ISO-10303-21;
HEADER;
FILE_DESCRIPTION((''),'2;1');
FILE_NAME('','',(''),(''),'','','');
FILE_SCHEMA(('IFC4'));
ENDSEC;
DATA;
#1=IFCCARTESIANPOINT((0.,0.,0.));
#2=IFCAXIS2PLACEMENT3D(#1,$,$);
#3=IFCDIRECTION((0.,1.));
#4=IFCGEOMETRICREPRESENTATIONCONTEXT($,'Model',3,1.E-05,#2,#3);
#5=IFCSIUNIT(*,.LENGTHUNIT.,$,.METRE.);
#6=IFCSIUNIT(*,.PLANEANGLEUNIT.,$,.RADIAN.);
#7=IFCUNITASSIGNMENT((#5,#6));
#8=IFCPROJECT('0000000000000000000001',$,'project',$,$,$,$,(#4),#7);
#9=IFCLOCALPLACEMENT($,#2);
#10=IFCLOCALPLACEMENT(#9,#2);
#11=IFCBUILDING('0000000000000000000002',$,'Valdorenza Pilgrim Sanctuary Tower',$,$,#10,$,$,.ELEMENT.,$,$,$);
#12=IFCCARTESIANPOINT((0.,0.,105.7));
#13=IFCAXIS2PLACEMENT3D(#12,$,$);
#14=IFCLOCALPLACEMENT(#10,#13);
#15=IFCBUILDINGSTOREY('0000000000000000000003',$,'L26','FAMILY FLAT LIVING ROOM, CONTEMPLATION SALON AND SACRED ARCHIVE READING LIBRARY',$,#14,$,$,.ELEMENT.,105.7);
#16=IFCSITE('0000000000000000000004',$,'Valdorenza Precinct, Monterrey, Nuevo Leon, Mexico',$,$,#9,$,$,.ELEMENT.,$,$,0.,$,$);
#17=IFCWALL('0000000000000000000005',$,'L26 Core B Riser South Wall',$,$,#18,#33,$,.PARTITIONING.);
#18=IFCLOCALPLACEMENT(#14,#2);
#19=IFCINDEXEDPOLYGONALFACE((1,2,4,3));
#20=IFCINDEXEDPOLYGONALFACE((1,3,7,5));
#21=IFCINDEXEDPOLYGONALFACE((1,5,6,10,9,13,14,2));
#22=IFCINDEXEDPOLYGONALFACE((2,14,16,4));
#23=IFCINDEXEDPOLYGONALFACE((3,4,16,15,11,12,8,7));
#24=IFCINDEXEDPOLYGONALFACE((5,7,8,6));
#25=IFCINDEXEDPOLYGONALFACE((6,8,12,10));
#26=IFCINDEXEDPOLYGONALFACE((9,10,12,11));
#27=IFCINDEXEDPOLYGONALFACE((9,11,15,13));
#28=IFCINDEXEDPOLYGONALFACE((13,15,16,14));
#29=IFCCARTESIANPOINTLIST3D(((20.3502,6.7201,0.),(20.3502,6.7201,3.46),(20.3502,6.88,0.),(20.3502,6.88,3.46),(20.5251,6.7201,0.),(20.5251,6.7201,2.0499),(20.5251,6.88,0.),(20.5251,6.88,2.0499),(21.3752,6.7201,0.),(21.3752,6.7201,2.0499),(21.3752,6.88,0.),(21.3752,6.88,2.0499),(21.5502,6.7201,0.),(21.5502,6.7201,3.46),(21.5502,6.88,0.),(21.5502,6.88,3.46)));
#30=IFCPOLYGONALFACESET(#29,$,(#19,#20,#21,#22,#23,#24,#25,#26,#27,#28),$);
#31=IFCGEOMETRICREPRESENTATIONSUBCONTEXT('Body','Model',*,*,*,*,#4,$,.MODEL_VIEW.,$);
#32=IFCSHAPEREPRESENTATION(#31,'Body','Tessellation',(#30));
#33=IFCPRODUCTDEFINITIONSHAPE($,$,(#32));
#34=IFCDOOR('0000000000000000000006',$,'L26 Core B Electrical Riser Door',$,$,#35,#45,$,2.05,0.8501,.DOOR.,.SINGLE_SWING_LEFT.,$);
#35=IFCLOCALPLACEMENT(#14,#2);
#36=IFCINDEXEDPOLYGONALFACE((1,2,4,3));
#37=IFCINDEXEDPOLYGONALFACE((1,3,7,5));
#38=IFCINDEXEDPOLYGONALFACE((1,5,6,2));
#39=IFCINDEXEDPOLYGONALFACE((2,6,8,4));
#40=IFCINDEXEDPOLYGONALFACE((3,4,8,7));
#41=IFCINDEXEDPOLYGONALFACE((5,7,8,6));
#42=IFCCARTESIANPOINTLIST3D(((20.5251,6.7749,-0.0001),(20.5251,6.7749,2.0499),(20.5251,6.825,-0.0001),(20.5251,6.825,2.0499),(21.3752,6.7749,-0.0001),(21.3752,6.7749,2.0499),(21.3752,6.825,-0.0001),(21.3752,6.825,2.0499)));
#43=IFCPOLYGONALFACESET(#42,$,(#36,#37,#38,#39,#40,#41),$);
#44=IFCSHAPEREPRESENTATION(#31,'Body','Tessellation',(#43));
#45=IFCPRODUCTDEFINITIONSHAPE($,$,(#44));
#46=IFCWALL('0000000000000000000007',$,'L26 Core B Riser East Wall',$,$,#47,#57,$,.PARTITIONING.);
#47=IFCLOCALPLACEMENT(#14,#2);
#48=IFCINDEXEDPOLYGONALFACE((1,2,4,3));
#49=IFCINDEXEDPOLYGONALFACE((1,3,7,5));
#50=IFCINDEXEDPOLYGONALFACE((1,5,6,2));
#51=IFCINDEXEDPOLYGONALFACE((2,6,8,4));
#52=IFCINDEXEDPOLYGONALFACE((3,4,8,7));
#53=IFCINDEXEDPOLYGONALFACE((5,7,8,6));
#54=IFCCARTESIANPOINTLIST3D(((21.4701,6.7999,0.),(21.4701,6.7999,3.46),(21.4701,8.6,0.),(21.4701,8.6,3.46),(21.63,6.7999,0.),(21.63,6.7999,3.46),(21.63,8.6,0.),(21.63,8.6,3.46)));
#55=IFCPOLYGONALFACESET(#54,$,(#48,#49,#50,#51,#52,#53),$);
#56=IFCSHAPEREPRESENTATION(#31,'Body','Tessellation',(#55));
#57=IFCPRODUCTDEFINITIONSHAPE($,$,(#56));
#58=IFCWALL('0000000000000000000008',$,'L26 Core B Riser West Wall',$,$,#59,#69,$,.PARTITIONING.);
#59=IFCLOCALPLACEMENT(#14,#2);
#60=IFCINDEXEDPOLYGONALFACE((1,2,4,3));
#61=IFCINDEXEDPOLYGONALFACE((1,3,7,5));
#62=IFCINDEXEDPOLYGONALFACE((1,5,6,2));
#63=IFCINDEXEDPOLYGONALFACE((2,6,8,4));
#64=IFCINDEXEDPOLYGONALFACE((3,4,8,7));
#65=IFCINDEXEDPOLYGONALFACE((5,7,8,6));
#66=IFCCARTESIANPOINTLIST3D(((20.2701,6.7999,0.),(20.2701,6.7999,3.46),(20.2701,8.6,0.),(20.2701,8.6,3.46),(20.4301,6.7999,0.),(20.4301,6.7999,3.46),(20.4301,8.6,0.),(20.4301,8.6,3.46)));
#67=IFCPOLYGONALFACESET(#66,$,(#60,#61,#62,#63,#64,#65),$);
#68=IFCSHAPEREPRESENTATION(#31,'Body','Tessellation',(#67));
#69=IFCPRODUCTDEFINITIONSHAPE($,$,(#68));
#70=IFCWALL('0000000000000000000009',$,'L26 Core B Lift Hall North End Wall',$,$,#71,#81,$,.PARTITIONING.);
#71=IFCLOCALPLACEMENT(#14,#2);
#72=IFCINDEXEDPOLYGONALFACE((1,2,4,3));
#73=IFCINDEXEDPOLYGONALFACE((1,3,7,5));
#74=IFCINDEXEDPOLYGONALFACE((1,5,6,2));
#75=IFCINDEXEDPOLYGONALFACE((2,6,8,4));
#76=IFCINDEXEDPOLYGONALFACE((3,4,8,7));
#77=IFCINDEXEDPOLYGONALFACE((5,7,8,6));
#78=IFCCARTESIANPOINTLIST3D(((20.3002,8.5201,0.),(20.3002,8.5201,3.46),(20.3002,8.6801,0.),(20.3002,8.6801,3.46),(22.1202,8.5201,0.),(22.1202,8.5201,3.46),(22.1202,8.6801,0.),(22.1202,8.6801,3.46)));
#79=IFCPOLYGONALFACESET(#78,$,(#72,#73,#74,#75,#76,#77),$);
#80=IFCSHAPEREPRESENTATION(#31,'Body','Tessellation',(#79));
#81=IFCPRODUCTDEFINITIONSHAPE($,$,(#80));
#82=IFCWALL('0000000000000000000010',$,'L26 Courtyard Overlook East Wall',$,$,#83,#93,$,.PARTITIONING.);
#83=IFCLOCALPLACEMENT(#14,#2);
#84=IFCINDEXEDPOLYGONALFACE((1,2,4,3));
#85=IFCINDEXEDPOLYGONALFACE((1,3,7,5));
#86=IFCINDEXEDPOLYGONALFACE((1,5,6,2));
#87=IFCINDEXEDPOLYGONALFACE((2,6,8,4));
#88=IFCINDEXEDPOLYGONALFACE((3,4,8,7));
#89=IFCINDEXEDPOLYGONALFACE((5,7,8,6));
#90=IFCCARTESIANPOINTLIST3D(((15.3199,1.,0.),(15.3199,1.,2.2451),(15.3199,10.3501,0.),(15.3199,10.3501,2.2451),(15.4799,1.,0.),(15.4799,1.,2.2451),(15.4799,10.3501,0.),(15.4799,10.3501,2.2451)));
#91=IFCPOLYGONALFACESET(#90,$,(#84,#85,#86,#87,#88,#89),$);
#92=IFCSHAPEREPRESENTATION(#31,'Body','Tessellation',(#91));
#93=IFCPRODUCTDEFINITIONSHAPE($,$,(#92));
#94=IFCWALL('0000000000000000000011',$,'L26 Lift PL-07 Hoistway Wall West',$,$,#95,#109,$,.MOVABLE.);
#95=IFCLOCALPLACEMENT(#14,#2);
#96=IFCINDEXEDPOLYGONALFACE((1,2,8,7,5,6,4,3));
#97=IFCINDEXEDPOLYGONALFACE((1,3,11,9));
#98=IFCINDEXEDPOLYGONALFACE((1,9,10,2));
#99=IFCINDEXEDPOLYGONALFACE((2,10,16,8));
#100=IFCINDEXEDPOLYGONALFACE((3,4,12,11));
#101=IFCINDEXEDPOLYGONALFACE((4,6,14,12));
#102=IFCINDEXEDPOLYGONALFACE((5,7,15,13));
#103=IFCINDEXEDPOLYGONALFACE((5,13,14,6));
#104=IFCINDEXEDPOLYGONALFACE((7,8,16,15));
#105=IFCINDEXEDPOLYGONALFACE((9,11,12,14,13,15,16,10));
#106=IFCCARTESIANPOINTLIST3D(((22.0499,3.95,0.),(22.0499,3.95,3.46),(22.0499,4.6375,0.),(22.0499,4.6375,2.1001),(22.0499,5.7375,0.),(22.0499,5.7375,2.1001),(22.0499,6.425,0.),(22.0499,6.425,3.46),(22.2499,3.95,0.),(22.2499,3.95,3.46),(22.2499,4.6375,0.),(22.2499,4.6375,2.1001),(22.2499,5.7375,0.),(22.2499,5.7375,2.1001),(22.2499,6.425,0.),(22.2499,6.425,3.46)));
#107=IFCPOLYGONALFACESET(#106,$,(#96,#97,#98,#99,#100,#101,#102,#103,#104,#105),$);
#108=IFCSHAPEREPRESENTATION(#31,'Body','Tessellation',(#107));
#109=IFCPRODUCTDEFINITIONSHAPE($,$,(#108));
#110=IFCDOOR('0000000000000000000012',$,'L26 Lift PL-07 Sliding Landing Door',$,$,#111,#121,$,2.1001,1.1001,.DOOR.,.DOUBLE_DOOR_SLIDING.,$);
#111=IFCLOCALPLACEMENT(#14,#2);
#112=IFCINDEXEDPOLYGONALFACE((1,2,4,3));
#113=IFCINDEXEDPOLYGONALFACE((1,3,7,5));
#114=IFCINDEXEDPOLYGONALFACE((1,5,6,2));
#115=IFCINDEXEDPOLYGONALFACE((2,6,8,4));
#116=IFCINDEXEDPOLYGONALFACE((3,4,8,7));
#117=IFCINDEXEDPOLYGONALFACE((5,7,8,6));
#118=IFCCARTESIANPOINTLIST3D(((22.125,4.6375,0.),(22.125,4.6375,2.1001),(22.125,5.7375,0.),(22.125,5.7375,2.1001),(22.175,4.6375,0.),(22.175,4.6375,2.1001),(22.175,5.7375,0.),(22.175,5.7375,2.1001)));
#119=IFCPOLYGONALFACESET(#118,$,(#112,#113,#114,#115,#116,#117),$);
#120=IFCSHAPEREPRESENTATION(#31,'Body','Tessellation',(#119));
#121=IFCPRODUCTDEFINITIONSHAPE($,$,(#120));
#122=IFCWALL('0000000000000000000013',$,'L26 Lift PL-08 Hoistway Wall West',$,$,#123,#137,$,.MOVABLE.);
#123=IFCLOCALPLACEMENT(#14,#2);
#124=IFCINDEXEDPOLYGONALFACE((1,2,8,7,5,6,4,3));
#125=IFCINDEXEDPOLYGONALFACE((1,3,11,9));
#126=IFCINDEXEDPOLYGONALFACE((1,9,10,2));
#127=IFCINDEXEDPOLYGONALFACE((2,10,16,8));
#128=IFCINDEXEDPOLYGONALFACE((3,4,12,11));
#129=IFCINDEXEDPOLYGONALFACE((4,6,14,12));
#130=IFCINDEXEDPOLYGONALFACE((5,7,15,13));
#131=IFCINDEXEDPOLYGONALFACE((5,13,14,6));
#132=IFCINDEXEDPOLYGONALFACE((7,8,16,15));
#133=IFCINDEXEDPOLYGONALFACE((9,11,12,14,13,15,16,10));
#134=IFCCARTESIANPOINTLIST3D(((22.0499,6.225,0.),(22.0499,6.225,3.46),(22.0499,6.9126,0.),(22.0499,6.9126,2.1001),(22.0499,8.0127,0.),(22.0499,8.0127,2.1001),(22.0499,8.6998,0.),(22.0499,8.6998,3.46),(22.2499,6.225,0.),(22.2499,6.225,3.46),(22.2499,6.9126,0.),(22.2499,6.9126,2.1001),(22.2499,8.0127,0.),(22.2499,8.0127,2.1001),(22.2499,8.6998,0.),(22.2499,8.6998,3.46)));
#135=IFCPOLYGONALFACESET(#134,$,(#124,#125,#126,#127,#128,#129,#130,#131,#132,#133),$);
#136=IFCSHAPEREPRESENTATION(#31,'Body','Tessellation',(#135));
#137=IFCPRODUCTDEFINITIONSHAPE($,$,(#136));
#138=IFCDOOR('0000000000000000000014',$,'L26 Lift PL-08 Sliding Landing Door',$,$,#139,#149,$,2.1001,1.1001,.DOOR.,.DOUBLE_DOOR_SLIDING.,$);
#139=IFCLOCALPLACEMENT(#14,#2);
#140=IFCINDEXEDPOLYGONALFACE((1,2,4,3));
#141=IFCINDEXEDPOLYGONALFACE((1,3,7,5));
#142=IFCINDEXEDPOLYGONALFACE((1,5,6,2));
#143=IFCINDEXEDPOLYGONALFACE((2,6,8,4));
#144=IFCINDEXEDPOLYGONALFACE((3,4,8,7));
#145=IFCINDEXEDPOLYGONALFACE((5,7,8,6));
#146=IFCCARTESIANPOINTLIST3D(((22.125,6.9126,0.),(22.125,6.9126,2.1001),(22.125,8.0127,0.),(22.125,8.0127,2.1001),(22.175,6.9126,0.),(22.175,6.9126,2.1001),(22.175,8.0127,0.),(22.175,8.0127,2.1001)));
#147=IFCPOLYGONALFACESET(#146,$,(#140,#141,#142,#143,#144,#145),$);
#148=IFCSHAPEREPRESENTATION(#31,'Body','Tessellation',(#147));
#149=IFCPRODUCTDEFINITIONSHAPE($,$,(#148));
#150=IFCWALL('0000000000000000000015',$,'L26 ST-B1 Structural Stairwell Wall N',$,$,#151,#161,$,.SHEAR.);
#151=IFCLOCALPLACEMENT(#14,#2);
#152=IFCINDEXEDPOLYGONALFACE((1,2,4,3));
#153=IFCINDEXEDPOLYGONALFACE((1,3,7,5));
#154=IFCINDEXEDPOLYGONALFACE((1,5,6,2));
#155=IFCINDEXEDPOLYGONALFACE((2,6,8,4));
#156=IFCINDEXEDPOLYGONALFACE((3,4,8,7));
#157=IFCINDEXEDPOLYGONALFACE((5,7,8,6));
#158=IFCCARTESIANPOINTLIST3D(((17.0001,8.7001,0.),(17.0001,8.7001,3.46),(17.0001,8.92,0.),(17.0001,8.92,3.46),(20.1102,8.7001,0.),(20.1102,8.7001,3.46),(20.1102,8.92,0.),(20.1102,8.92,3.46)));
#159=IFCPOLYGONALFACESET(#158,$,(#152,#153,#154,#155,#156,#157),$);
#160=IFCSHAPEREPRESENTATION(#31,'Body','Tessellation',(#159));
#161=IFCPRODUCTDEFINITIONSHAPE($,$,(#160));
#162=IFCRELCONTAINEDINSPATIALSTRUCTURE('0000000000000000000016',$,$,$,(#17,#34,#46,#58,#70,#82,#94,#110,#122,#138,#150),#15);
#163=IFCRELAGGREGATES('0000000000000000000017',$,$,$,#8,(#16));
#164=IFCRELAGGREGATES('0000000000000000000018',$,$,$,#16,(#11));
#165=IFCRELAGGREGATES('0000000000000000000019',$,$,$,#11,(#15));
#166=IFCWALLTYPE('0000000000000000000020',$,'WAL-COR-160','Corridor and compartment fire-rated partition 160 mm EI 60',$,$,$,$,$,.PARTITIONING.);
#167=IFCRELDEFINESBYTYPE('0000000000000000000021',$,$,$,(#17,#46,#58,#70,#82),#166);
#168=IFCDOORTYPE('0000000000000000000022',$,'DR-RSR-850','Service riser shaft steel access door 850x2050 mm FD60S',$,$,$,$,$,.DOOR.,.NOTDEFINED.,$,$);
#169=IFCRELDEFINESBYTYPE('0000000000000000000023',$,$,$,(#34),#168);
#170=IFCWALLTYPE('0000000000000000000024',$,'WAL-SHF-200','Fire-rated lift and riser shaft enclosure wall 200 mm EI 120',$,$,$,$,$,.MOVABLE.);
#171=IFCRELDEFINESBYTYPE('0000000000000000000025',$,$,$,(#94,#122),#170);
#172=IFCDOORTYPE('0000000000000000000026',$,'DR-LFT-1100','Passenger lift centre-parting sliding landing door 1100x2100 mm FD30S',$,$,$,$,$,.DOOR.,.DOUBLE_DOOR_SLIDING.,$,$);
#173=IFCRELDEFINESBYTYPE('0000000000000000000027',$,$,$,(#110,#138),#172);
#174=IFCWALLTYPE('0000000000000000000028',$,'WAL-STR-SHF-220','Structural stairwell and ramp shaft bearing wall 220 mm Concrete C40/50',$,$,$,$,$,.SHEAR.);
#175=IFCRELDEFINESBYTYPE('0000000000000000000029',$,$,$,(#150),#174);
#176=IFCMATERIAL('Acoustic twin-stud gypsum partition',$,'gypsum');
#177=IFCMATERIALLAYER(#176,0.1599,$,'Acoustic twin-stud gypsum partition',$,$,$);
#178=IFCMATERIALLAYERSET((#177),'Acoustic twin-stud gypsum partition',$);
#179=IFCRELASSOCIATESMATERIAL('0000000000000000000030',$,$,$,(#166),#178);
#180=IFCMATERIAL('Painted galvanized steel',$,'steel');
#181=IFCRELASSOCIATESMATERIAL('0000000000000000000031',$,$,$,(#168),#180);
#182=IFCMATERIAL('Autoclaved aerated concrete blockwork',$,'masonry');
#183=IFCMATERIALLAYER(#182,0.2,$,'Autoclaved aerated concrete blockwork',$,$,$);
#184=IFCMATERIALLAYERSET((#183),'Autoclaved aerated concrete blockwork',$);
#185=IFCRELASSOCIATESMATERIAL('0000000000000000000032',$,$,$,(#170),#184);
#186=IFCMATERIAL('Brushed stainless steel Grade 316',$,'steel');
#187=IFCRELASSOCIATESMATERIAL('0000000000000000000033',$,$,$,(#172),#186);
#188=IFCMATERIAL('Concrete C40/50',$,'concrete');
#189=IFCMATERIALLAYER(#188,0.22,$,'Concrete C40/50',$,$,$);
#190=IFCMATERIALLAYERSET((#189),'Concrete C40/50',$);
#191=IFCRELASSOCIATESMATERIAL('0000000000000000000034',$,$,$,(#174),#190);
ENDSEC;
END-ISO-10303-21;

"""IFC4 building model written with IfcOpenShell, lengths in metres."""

from ifc_helpers import new_model, si_unit, direction, frame, frame_2d, origin, place, context, subcontext, project, spatial, rectangle, extrude, material, layer, layer_set, type_object, element, fill, save


model = new_model("IFC4")

# Units and contexts
model_context = context("Model", 3, precision=1e-05, world=origin(), true_north=direction((0.0, 1.0)))
body_context = subcontext(model_context, "Body", "Model", "MODEL_VIEW")
ifc_project = project(units=[si_unit("LENGTHUNIT", "METRE"), si_unit("PLANEANGLEUNIT", "RADIAN")], contexts=[model_context])

# Site, building, storey
site_placement = place(None, origin())
site = spatial("IfcSite", under=ifc_project, at=site_placement, Name="Valdorenza Precinct, Monterrey, Nuevo Leon, Mexico", CompositionType="ELEMENT", RefElevation=0.0)
building_placement = place(site_placement, origin())
building = spatial("IfcBuilding", under=site, at=building_placement, Name="Valdorenza Pilgrim Sanctuary Tower", CompositionType="ELEMENT")
storey_placement = place(building_placement, frame((0.0, 0.0, 105.7)))
storey = spatial("IfcBuildingStorey", under=building, at=storey_placement, Name="L26", Description="FAMILY FLAT LIVING ROOM, CONTEMPLATION SALON AND SACRED ARCHIVE READING LIBRARY", CompositionType="ELEMENT", Elevation=105.7)

# Wall, opening, door
ifc_material_1 = material(Name="Acoustic twin-stud gypsum partition", Category="gypsum")
ifc_layer_1 = layer(ifc_material_1, 0.1599, Name="Acoustic twin-stud gypsum partition")
ifc_layer_set_1 = layer_set([ifc_layer_1], Name="Acoustic twin-stud gypsum partition")
wall_type_1 = type_object("IfcWallType", Name="WAL-COR-160", Description="Corridor and compartment fire-rated partition 160 mm EI 60", PredefinedType="PARTITIONING", material=ifc_layer_set_1)
wall_1_placement = place(storey_placement, frame((20.3501, 6.8, 0.0), z_axis=(0.0, 0.0, 1.0), x_axis=(1.0, 0.0, 0.0)))
wall_1 = element("IfcWall", 1, at=wall_1_placement, inside=storey, type_object=wall_type_1, Name="L26 Core B Riser South Wall", PredefinedType="PARTITIONING", context=body_context, shape_type="SweptSolid", body=[
    extrude(rectangle(XDim=1.2, YDim=0.1599, at=frame_2d((0.6001, 0.0))), origin(), (0.0, 0.0, 1.0), 3.46),
])
opening_1_placement = place(wall_1_placement, frame((0.175, 0.0, 0.0)))
opening_1 = element("IfcOpeningElement", 2, at=opening_1_placement, cuts=wall_1, PredefinedType="OPENING", context=body_context, shape_type="SweptSolid", body=[
    extrude(rectangle(XDim=0.8501, YDim=2.05, at=frame_2d((0.425, 1.0249))), frame((0.0, 0.0947, 0.0), z_axis=(0.0, -1.0, 0.0), x_axis=(1.0, 0.0, 0.0)), (0.0, 0.0, 1.0), 0.1897),
])
ifc_material_2 = material(Name="Painted galvanized steel", Category="steel")
door_type_1 = type_object("IfcDoorType", Name="DR-RSR-850", Description="Service riser shaft steel access door 850x2050 mm FD60S", OperationType="NOTDEFINED", PredefinedType="DOOR", material=ifc_material_2)
door_1_placement = place(opening_1_placement, origin())
door_1 = element("IfcDoor", 3, at=door_1_placement, inside=storey, type_object=door_type_1, Name="L26 Core B Electrical Riser Door", OperationType="SINGLE_SWING_LEFT", OverallHeight=2.05, OverallWidth=0.8501, PredefinedType="DOOR", context=body_context, shape_type="SweptSolid", body=[
    extrude(rectangle(XDim=0.8501, YDim=2.05, at=frame_2d((0.425, 1.0249))), frame((0.0, 0.0249, 0.0), z_axis=(0.0, -1.0, 0.0), x_axis=(1.0, 0.0, 0.0)), (0.0, 0.0, 1.0), 0.05),
])
fill(opening_1, door_1)

# Walls
for number, where, z_axis, x_axis, name in (
    (4, (21.55, 6.8, 0.0), (0.0, 0.0, 1.0), (0.0, 1.0, 0.0), "L26 Core B Riser East Wall"),
    (5, (20.3501, 6.8, 0.0), (0.0, 0.0, 1.0), (0.0, 1.0, 0.0), "L26 Core B Riser West Wall"),
):
    element("IfcWall", number, at=place(storey_placement, frame(where, z_axis=z_axis, x_axis=x_axis)), inside=storey, type_object=wall_type_1, Name=name, PredefinedType="PARTITIONING", context=body_context, shape_type="SweptSolid", body=[
        extrude(rectangle(XDim=1.8, YDim=0.1599, at=frame_2d((0.8999, 0.0))), origin(), (0.0, 0.0, 1.0), 3.46),
    ])
wall_2_placement = place(storey_placement, frame((20.3, 8.6001, 0.0), z_axis=(0.0, 0.0, 1.0), x_axis=(1.0, 0.0, 0.0)))
element("IfcWall", 6, at=wall_2_placement, inside=storey, type_object=wall_type_1, Name="L26 Core B Lift Hall North End Wall", PredefinedType="PARTITIONING", context=body_context, shape_type="SweptSolid", body=[
    extrude(rectangle(XDim=1.8201, YDim=0.1599, at=frame_2d((0.9102, 0.0))), origin(), (0.0, 0.0, 1.0), 3.46),
])
wall_3_placement = place(storey_placement, frame((15.3999, 1.0, 0.0), z_axis=(0.0, 0.0, 1.0), x_axis=(0.0, 1.0, 0.0)))
element("IfcWall", 7, at=wall_3_placement, inside=storey, type_object=wall_type_1, Name="L26 Courtyard Overlook East Wall", PredefinedType="PARTITIONING", context=body_context, shape_type="SweptSolid", body=[
    extrude(rectangle(XDim=9.3501, YDim=0.1599, at=frame_2d((4.675, 0.0))), origin(), (0.0, 0.0, 1.0), 2.2451),
])

# Walls, openings, doors
ifc_material_3 = material(Name="Autoclaved aerated concrete blockwork", Category="masonry")
ifc_layer_2 = layer(ifc_material_3, 0.2, Name="Autoclaved aerated concrete blockwork")
ifc_layer_set_2 = layer_set([ifc_layer_2], Name="Autoclaved aerated concrete blockwork")
wall_type_2 = type_object("IfcWallType", Name="WAL-SHF-200", Description="Fire-rated lift and riser shaft enclosure wall 200 mm EI 120", PredefinedType="MOVABLE", material=ifc_layer_set_2)
wall_4_placement = place(storey_placement, frame((22.1499, 3.95, 0.0), z_axis=(0.0, 0.0, 1.0), x_axis=(0.0, 1.0, 0.0)))
wall_4 = element("IfcWall", 8, at=wall_4_placement, inside=storey, type_object=wall_type_2, Name="L26 Lift PL-07 Hoistway Wall West", PredefinedType="MOVABLE", context=body_context, shape_type="SweptSolid", body=[
    extrude(rectangle(XDim=2.4751, YDim=0.2, at=frame_2d((1.2375, 0.0))), origin(), (0.0, 0.0, 1.0), 3.46),
])
opening_2_placement = place(wall_4_placement, frame((0.6875, 0.0, 0.0)))
opening_2 = element("IfcOpeningElement", 9, at=opening_2_placement, cuts=wall_4, PredefinedType="OPENING", context=body_context, shape_type="SweptSolid", body=[
    extrude(rectangle(XDim=1.1001, YDim=2.1001, at=frame_2d((0.55, 1.05))), frame((0.0, 0.1147, 0.0), z_axis=(0.0, -1.0, 0.0), x_axis=(1.0, 0.0, 0.0)), (0.0, 0.0, 1.0), 0.2297),
])
ifc_material_4 = material(Name="Brushed stainless steel Grade 316", Category="steel")
door_type_2 = type_object("IfcDoorType", Name="DR-LFT-1100", Description="Passenger lift centre-parting sliding landing door 1100x2100 mm FD30S", OperationType="DOUBLE_DOOR_SLIDING", PredefinedType="DOOR", material=ifc_material_4)
door_2_placement = place(opening_2_placement, origin())
door_2 = element("IfcDoor", 10, at=door_2_placement, inside=storey, type_object=door_type_2, Name="L26 Lift PL-07 Sliding Landing Door", OperationType="DOUBLE_DOOR_SLIDING", OverallHeight=2.1001, OverallWidth=1.1001, PredefinedType="DOOR", context=body_context, shape_type="SweptSolid", body=[
    extrude(rectangle(XDim=1.1001, YDim=2.1001, at=frame_2d((0.55, 1.05))), frame((0.0, 0.0249, 0.0), z_axis=(0.0, -1.0, 0.0), x_axis=(1.0, 0.0, 0.0)), (0.0, 0.0, 1.0), 0.05),
])
fill(opening_2, door_2)
wall_5_placement = place(storey_placement, frame((22.1499, 6.2251, 0.0), z_axis=(0.0, 0.0, 1.0), x_axis=(0.0, 1.0, 0.0)))
wall_5 = element("IfcWall", 11, at=wall_5_placement, inside=storey, type_object=wall_type_2, Name="L26 Lift PL-08 Hoistway Wall West", PredefinedType="MOVABLE", context=body_context, shape_type="SweptSolid", body=[
    extrude(rectangle(XDim=2.4749, YDim=0.2, at=frame_2d((1.2373, 0.0))), origin(), (0.0, 0.0, 1.0), 3.46),
])
opening_3_placement = place(wall_5_placement, frame((0.6875, 0.0, 0.0)))
opening_3 = element("IfcOpeningElement", 12, at=opening_3_placement, cuts=wall_5, PredefinedType="OPENING", context=body_context, shape_type="SweptSolid", body=[
    extrude(rectangle(XDim=1.1001, YDim=2.1001, at=frame_2d((0.55, 1.05))), frame((0.0, 0.1147, 0.0), z_axis=(0.0, -1.0, 0.0), x_axis=(1.0, 0.0, 0.0)), (0.0, 0.0, 1.0), 0.2297),
])
door_3_placement = place(opening_3_placement, origin())
door_3 = element("IfcDoor", 13, at=door_3_placement, inside=storey, type_object=door_type_2, Name="L26 Lift PL-08 Sliding Landing Door", OperationType="DOUBLE_DOOR_SLIDING", OverallHeight=2.1001, OverallWidth=1.1001, PredefinedType="DOOR", context=body_context, shape_type="SweptSolid", body=[
    extrude(rectangle(XDim=1.1001, YDim=2.1001, at=frame_2d((0.55, 1.05))), frame((0.0, 0.0249, 0.0), z_axis=(0.0, -1.0, 0.0), x_axis=(1.0, 0.0, 0.0)), (0.0, 0.0, 1.0), 0.05),
])
fill(opening_3, door_3)
ifc_material_5 = material(Name="Concrete C40/50", Category="concrete")
ifc_layer_3 = layer(ifc_material_5, 0.22, Name="Concrete C40/50")
ifc_layer_set_3 = layer_set([ifc_layer_3], Name="Concrete C40/50")
wall_type_3 = type_object("IfcWallType", Name="WAL-STR-SHF-220", Description="Structural stairwell and ramp shaft bearing wall 220 mm Concrete C40/50", PredefinedType="SHEAR", material=ifc_layer_set_3)

# Wall
wall_6_placement = place(storey_placement, frame((17.0, 8.8101, 0.0), z_axis=(0.0, 0.0, 1.0), x_axis=(1.0, 0.0, 0.0)))
element("IfcWall", 14, at=wall_6_placement, inside=storey, type_object=wall_type_3, Name="L26 ST-B1 Structural Stairwell Wall N", PredefinedType="SHEAR", context=body_context, shape_type="SweptSolid", body=[
    extrude(rectangle(XDim=3.1101, YDim=0.22, at=frame_2d((1.5552, 0.0))), origin(), (0.0, 0.0, 1.0), 3.46),
])

save(model, "model.ifc")
